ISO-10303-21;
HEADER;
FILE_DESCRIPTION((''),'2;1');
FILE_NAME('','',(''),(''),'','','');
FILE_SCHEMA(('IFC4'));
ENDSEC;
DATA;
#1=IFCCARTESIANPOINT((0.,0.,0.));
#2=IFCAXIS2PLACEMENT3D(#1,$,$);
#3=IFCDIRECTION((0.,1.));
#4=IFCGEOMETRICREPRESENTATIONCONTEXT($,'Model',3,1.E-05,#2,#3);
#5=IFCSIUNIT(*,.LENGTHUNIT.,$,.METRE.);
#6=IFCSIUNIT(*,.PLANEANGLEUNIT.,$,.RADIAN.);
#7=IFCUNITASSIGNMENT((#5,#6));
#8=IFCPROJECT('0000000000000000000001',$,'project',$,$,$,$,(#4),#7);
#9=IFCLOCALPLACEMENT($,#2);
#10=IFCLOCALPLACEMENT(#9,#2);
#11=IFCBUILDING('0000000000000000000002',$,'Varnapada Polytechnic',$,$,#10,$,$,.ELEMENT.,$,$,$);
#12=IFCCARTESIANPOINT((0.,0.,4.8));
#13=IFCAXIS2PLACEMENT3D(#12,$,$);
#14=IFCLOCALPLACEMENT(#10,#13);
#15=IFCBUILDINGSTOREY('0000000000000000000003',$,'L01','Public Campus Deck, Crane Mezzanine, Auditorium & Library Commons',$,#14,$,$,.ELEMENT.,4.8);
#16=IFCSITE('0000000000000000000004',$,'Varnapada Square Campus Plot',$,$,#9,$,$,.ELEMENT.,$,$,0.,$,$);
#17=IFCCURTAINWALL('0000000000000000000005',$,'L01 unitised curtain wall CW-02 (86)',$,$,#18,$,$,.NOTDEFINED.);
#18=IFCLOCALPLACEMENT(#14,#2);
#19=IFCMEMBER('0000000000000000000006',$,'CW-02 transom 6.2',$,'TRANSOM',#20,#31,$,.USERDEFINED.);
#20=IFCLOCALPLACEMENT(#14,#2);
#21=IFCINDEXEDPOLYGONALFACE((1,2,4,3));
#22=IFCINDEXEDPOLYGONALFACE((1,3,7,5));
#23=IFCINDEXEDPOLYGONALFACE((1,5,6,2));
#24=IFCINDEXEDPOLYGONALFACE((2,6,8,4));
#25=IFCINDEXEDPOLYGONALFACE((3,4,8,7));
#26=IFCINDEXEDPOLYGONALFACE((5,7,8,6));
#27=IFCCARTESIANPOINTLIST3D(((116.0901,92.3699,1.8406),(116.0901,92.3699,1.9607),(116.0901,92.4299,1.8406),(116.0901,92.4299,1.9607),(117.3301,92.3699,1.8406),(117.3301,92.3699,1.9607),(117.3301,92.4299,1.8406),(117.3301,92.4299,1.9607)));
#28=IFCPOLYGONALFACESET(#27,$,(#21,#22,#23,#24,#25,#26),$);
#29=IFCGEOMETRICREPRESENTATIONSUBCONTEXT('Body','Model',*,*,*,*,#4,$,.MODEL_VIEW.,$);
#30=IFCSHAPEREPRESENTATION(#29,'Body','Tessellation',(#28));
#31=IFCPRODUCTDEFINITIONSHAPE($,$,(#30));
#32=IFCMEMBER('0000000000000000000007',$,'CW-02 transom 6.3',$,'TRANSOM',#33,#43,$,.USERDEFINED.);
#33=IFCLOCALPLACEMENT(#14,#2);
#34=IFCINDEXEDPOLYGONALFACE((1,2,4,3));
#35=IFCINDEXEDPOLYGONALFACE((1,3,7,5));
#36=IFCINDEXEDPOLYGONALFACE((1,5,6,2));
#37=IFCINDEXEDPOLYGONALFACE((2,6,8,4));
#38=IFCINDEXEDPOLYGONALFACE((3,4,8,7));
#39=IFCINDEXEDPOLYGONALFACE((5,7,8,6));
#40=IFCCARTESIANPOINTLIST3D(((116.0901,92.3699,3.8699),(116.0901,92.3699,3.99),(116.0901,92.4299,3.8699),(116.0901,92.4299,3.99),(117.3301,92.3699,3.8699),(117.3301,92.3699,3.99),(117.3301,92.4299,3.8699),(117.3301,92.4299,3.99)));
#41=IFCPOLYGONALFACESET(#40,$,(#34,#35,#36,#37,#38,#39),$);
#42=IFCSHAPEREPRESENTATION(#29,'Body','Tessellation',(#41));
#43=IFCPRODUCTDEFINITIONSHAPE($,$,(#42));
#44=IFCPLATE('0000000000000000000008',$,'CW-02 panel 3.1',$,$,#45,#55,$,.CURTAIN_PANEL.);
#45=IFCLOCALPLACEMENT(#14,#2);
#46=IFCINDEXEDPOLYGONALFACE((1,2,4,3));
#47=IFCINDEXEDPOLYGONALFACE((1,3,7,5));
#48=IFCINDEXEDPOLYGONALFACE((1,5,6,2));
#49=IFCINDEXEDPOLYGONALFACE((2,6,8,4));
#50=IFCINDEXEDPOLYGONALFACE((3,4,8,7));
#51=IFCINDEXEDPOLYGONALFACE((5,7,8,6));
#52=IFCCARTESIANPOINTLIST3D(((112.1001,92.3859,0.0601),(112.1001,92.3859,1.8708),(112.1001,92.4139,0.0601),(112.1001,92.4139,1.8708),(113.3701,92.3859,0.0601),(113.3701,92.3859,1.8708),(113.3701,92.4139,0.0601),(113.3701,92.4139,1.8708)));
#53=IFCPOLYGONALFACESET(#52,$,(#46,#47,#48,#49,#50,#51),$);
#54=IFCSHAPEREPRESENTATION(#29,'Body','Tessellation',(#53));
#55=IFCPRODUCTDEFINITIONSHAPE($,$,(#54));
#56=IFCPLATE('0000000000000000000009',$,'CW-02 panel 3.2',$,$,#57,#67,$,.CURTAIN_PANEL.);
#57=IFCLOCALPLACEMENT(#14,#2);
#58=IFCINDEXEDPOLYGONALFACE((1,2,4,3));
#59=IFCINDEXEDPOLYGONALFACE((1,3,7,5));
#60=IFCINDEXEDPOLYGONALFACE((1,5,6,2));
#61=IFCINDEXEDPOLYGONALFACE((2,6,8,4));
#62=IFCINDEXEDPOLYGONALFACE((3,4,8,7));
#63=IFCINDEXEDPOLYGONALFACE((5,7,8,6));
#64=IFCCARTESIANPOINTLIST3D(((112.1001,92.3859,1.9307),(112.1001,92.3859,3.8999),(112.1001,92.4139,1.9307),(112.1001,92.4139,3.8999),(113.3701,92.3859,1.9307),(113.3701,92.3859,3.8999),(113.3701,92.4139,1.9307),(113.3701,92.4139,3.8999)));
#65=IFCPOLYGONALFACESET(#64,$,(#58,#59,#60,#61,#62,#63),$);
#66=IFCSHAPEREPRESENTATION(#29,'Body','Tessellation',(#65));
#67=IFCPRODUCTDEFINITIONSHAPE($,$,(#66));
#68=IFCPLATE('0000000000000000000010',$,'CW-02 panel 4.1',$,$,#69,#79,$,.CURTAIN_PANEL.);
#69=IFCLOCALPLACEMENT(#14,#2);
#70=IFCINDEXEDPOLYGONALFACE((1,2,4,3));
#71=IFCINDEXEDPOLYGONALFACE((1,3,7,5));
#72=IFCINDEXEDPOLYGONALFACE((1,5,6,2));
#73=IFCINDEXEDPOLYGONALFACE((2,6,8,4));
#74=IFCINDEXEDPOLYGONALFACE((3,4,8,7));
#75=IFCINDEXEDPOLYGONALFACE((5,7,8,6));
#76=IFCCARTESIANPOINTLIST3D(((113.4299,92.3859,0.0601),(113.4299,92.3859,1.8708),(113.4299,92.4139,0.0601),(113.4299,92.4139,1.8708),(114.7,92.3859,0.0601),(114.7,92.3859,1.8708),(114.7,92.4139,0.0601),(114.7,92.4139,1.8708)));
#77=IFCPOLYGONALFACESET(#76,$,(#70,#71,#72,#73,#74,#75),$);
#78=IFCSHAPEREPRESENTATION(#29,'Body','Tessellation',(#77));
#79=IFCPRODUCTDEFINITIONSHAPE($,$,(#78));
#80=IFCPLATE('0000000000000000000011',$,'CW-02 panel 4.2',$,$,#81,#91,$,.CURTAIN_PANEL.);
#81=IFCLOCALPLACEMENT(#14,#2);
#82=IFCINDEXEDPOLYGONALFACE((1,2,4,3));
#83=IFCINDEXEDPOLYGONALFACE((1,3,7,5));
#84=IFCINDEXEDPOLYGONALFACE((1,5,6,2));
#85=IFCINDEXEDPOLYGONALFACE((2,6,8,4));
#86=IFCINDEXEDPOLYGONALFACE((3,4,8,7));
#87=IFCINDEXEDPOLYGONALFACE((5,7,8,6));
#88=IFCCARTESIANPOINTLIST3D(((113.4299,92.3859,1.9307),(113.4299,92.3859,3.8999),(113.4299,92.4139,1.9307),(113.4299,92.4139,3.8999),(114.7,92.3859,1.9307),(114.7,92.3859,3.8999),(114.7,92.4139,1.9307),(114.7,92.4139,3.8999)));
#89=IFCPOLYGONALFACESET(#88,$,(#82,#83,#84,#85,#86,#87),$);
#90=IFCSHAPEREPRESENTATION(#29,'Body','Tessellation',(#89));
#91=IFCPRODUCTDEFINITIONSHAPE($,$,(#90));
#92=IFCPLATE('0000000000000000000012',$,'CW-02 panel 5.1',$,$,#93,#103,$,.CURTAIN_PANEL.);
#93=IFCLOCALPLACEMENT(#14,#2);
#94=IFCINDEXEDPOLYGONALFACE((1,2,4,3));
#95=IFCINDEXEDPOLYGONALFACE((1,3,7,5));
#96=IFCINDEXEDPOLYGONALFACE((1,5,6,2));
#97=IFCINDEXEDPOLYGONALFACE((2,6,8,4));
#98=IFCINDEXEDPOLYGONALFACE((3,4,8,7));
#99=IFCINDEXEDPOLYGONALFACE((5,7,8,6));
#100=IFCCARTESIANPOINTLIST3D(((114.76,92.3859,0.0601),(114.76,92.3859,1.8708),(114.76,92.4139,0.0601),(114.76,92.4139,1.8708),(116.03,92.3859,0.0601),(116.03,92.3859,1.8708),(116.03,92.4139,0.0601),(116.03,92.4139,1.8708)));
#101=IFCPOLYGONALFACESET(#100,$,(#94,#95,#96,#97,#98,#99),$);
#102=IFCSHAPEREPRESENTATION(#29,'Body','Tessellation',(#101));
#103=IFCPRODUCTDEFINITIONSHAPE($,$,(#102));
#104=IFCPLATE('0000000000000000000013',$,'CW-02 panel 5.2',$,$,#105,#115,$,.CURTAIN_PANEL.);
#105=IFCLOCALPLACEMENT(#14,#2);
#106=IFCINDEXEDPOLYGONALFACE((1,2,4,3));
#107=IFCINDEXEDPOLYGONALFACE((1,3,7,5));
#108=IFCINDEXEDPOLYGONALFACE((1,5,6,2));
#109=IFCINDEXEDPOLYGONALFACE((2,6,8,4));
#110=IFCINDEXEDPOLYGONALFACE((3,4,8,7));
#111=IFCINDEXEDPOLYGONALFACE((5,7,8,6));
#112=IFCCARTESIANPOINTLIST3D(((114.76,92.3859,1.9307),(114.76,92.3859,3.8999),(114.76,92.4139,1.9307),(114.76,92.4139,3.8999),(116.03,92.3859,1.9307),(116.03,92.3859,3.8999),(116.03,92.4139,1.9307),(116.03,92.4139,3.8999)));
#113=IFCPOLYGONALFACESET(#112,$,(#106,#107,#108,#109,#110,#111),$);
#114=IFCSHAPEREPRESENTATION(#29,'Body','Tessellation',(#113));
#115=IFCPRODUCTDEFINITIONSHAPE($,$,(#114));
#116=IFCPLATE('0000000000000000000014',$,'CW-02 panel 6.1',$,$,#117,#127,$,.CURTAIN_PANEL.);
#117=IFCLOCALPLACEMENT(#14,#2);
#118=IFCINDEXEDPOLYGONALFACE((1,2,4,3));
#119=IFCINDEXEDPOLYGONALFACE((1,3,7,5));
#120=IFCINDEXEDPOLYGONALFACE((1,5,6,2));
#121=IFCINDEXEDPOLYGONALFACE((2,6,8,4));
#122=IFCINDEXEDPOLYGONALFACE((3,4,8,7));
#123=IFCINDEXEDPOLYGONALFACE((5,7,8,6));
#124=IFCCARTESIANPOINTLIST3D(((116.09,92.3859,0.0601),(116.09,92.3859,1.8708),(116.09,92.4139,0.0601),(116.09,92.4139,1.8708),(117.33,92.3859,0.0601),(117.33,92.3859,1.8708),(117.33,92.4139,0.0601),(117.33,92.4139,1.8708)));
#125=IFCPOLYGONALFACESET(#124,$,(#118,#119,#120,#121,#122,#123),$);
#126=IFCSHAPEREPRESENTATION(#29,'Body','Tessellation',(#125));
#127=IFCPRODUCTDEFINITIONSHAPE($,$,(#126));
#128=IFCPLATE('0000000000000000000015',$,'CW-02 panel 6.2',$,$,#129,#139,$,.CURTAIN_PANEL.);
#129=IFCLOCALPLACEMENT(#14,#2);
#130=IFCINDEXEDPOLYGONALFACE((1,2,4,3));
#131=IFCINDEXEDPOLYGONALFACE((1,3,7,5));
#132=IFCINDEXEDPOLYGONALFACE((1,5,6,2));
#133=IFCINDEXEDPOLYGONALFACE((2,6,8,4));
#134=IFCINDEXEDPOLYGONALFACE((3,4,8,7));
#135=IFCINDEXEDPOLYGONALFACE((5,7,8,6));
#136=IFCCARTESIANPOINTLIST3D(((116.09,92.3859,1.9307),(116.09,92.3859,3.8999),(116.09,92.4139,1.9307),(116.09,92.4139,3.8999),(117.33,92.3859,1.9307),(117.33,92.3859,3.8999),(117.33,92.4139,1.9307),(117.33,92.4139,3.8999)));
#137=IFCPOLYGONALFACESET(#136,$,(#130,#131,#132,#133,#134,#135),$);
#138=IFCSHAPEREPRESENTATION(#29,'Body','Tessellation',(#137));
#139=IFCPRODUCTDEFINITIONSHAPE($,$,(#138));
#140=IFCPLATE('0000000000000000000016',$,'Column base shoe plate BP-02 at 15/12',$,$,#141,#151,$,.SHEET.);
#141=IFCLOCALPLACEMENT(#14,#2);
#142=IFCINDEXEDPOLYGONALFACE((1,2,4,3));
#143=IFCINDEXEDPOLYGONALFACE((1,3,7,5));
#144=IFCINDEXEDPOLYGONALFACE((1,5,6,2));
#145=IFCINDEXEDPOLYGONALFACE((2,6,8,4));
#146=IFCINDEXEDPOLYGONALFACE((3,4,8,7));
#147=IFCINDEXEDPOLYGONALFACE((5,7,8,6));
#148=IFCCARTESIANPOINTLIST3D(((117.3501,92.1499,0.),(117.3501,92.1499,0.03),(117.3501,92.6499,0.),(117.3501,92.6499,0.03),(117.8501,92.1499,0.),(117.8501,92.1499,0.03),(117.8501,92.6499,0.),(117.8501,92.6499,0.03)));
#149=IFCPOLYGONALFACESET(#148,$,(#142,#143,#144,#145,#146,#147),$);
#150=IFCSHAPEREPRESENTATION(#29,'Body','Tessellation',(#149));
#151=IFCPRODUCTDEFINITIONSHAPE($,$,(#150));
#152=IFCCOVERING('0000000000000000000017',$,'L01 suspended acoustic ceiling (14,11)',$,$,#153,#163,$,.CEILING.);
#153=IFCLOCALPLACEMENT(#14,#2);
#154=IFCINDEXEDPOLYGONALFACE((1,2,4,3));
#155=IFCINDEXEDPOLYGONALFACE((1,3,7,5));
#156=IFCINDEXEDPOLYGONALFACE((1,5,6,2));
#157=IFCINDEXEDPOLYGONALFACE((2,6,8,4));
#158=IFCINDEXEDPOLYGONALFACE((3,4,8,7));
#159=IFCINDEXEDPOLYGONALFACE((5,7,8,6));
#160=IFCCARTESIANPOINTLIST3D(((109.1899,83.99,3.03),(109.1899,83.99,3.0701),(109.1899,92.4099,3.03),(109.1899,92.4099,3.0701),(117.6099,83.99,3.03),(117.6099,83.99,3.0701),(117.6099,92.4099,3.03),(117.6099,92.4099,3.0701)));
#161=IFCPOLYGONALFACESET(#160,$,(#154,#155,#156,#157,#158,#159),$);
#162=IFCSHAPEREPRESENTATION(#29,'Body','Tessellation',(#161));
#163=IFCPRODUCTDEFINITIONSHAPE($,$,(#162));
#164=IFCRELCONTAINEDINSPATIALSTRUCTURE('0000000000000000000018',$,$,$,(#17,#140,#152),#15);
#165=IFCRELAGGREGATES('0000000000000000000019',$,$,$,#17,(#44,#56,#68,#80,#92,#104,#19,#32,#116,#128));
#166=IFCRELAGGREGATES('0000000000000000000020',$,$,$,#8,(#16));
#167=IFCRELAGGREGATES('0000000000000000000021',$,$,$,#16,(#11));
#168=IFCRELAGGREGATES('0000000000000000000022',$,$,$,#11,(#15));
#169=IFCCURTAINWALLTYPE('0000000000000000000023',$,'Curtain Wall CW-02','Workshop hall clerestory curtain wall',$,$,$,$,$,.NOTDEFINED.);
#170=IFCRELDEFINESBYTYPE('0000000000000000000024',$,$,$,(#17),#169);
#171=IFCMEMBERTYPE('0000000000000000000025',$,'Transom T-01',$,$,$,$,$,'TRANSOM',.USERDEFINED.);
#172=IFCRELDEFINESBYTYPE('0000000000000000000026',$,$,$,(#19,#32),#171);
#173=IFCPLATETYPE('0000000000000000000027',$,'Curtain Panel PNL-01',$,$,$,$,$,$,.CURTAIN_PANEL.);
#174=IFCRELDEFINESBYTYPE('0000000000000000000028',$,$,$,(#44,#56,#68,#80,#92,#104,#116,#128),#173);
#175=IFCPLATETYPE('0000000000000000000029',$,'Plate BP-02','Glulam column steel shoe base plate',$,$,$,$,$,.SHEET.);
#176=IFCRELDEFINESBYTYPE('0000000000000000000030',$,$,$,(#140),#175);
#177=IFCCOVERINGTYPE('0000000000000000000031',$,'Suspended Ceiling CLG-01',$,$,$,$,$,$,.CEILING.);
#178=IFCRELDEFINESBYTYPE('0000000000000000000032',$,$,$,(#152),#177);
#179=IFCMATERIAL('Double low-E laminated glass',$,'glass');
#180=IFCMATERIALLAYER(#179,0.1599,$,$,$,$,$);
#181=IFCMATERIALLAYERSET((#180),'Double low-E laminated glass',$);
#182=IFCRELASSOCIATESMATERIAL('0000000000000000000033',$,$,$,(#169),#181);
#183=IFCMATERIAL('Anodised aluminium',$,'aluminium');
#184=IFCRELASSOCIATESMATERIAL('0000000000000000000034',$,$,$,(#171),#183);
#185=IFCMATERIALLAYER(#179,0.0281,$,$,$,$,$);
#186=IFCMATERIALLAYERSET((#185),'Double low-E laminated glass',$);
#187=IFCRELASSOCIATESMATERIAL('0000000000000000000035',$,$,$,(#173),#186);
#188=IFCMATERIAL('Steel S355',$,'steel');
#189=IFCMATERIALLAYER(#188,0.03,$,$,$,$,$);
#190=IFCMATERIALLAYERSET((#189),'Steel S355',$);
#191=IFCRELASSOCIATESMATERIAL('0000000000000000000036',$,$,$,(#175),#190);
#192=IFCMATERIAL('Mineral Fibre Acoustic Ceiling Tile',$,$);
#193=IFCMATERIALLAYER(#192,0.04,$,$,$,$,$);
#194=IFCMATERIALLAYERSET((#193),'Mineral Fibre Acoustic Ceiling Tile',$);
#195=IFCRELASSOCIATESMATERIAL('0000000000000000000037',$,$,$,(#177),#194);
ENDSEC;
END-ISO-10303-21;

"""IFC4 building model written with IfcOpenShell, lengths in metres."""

from ifc_helpers import new_model, si_unit, direction, frame, origin, origin_2d, place, context, subcontext, project, spatial, rectangle, extrude, material, layer, layer_set, material_profile, profile_set, type_object, element, aggregate, save


model = new_model("IFC4")

# Units and contexts
model_context = context("Model", 3, precision=1e-05, world=origin(), true_north=direction((0.0, 1.0)))
body_context = subcontext(model_context, "Body", "Model", "MODEL_VIEW")
ifc_project = project(units=[si_unit("LENGTHUNIT", "METRE"), si_unit("PLANEANGLEUNIT", "RADIAN")], contexts=[model_context])

# Site, building, storey
site_placement = place(None, origin())
site = spatial("IfcSite", under=ifc_project, at=site_placement, Name="Varnapada Square Campus Plot", CompositionType="ELEMENT", RefElevation=0.0)
building_placement = place(site_placement, origin())
building = spatial("IfcBuilding", under=site, at=building_placement, Name="Varnapada Polytechnic", CompositionType="ELEMENT")
storey_placement = place(building_placement, frame((0.0, 0.0, 4.8)))
storey = spatial("IfcBuildingStorey", under=building, at=storey_placement, Name="L01", Description="Public Campus Deck, Crane Mezzanine, Auditorium & Library Commons", CompositionType="ELEMENT", Elevation=4.8)

# Curtain wall, members, plates
ifc_material_1 = material(Name="Double low-E laminated glass", Category="glass")
ifc_layer_1 = layer(ifc_material_1, 0.1599)
ifc_layer_set_1 = layer_set([ifc_layer_1], Name="Double low-E laminated glass")
curtain_wall_type = type_object("IfcCurtainWallType", Name="Curtain Wall CW-02", Description="Workshop hall clerestory curtain wall", PredefinedType="NOTDEFINED", material=ifc_layer_set_1)
curtain_wall_placement = place(storey_placement, origin())
curtain_wall = element("IfcCurtainWall", 1, at=curtain_wall_placement, inside=storey, type_object=curtain_wall_type, Name="L01 unitised curtain wall CW-02 (86)", PredefinedType="NOTDEFINED")
ifc_material_2 = material(Name="Anodised aluminium", Category="aluminium")
ifc_material_profile_1 = material_profile(ifc_material_2, rectangle(XDim=0.0601, YDim=0.1201, at=origin_2d()), Name="ALU T60x120")
ifc_profile_set_1 = profile_set([ifc_material_profile_1], Name="Anodised aluminium")
member_type_1 = type_object("IfcMemberType", Name="Transom T-01", ElementType="TRANSOM", PredefinedType="USERDEFINED", material=ifc_profile_set_1)
member_1_placement = place(storey_placement, frame((116.0901, 92.3999, 1.9006), z_axis=(1.0, 0.0, 0.0), x_axis=(0.0, 1.0, 0.0)))
member_1 = element("IfcMember", 2, at=member_1_placement, type_object=member_type_1, Name="CW-02 transom 6.2", ObjectType="TRANSOM", PredefinedType="USERDEFINED", context=body_context, shape_type="SweptSolid", body=[
    extrude(rectangle(XDim=0.0601, YDim=0.1201, at=origin_2d()), origin(), (0.0, 0.0, 1.0), 1.24),
])
member_2_placement = place(storey_placement, frame((116.0901, 92.3999, 3.9299), z_axis=(1.0, 0.0, 0.0), x_axis=(0.0, 1.0, 0.0)))
member_2 = element("IfcMember", 3, at=member_2_placement, type_object=member_type_1, Name="CW-02 transom 6.3", ObjectType="TRANSOM", PredefinedType="USERDEFINED", context=body_context, shape_type="SweptSolid", body=[
    extrude(rectangle(XDim=0.0601, YDim=0.1201, at=origin_2d()), origin(), (0.0, 0.0, 1.0), 1.24),
])
ifc_layer_2 = layer(ifc_material_1, 0.0281)
ifc_layer_set_2 = layer_set([ifc_layer_2], Name="Double low-E laminated glass")
plate_type_1 = type_object("IfcPlateType", Name="Curtain Panel PNL-01", PredefinedType="CURTAIN_PANEL", material=ifc_layer_set_2)
plate_1_placement = place(storey_placement, frame((112.7351, 92.3999, 0.0601), z_axis=(0.0, 0.0, 1.0), x_axis=(1.0, 0.0, 0.0)))
plate_1 = element("IfcPlate", 4, at=plate_1_placement, type_object=plate_type_1, Name="CW-02 panel 3.1", PredefinedType="CURTAIN_PANEL", context=body_context, shape_type="SweptSolid", body=[
    extrude(rectangle(XDim=1.27, YDim=0.0281, at=origin_2d()), origin(), (0.0, 0.0, 1.0), 1.8108),
])
plate_2_placement = place(storey_placement, frame((112.7351, 92.3999, 1.9307), z_axis=(0.0, 0.0, 1.0), x_axis=(1.0, 0.0, 0.0)))
plate_2 = element("IfcPlate", 5, at=plate_2_placement, type_object=plate_type_1, Name="CW-02 panel 3.2", PredefinedType="CURTAIN_PANEL", context=body_context, shape_type="SweptSolid", body=[
    extrude(rectangle(XDim=1.27, YDim=0.0281, at=origin_2d()), origin(), (0.0, 0.0, 1.0), 1.9692),
])
plate_3_placement = place(storey_placement, frame((114.0649, 92.3999, 0.0601), z_axis=(0.0, 0.0, 1.0), x_axis=(1.0, 0.0, 0.0)))
plate_3 = element("IfcPlate", 6, at=plate_3_placement, type_object=plate_type_1, Name="CW-02 panel 4.1", PredefinedType="CURTAIN_PANEL", context=body_context, shape_type="SweptSolid", body=[
    extrude(rectangle(XDim=1.27, YDim=0.0281, at=origin_2d()), origin(), (0.0, 0.0, 1.0), 1.8108),
])
plate_4_placement = place(storey_placement, frame((114.0649, 92.3999, 1.9307), z_axis=(0.0, 0.0, 1.0), x_axis=(1.0, 0.0, 0.0)))
plate_4 = element("IfcPlate", 7, at=plate_4_placement, type_object=plate_type_1, Name="CW-02 panel 4.2", PredefinedType="CURTAIN_PANEL", context=body_context, shape_type="SweptSolid", body=[
    extrude(rectangle(XDim=1.27, YDim=0.0281, at=origin_2d()), origin(), (0.0, 0.0, 1.0), 1.9692),
])
plate_5_placement = place(storey_placement, frame((115.395, 92.3999, 0.0601), z_axis=(0.0, 0.0, 1.0), x_axis=(1.0, 0.0, 0.0)))
plate_5 = element("IfcPlate", 8, at=plate_5_placement, type_object=plate_type_1, Name="CW-02 panel 5.1", PredefinedType="CURTAIN_PANEL", context=body_context, shape_type="SweptSolid", body=[
    extrude(rectangle(XDim=1.27, YDim=0.0281, at=origin_2d()), origin(), (0.0, 0.0, 1.0), 1.8108),
])
plate_6_placement = place(storey_placement, frame((115.395, 92.3999, 1.9307), z_axis=(0.0, 0.0, 1.0), x_axis=(1.0, 0.0, 0.0)))
plate_6 = element("IfcPlate", 9, at=plate_6_placement, type_object=plate_type_1, Name="CW-02 panel 5.2", PredefinedType="CURTAIN_PANEL", context=body_context, shape_type="SweptSolid", body=[
    extrude(rectangle(XDim=1.27, YDim=0.0281, at=origin_2d()), origin(), (0.0, 0.0, 1.0), 1.9692),
])
plate_7_placement = place(storey_placement, frame((116.71, 92.3999, 0.0601), z_axis=(0.0, 0.0, 1.0), x_axis=(1.0, 0.0, 0.0)))
plate_7 = element("IfcPlate", 10, at=plate_7_placement, type_object=plate_type_1, Name="CW-02 panel 6.1", PredefinedType="CURTAIN_PANEL", context=body_context, shape_type="SweptSolid", body=[
    extrude(rectangle(XDim=1.24, YDim=0.0281, at=origin_2d()), origin(), (0.0, 0.0, 1.0), 1.8108),
])
plate_8_placement = place(storey_placement, frame((116.71, 92.3999, 1.9307), z_axis=(0.0, 0.0, 1.0), x_axis=(1.0, 0.0, 0.0)))
plate_8 = element("IfcPlate", 11, at=plate_8_placement, type_object=plate_type_1, Name="CW-02 panel 6.2", PredefinedType="CURTAIN_PANEL", context=body_context, shape_type="SweptSolid", body=[
    extrude(rectangle(XDim=1.24, YDim=0.0281, at=origin_2d()), origin(), (0.0, 0.0, 1.0), 1.9692),
])
aggregate(curtain_wall, [plate_1, plate_2, plate_3, plate_4, plate_5, plate_6, member_1, member_2, plate_7, plate_8])

# Plate
ifc_material_3 = material(Name="Steel S355", Category="steel")
ifc_layer_3 = layer(ifc_material_3, 0.03)
ifc_layer_set_3 = layer_set([ifc_layer_3], Name="Steel S355")
plate_type_2 = type_object("IfcPlateType", Name="Plate BP-02", Description="Glulam column steel shoe base plate", PredefinedType="SHEET", material=ifc_layer_set_3)
plate_9_placement = place(storey_placement, frame((117.6001, 92.3999, 0.0), z_axis=(0.0, 0.0, 1.0), x_axis=(1.0, 0.0, 0.0)))
element("IfcPlate", 12, at=plate_9_placement, inside=storey, type_object=plate_type_2, Name="Column base shoe plate BP-02 at 15/12", PredefinedType="SHEET", context=body_context, shape_type="SweptSolid", body=[
    extrude(rectangle(XDim=0.5, YDim=0.5, at=origin_2d()), origin(), (0.0, 0.0, 1.0), 0.03),
])

# Covering
ifc_material_4 = material(Name="Mineral Fibre Acoustic Ceiling Tile")
ifc_layer_4 = layer(ifc_material_4, 0.04)
ifc_layer_set_4 = layer_set([ifc_layer_4], Name="Mineral Fibre Acoustic Ceiling Tile")
covering_type = type_object("IfcCoveringType", Name="Suspended Ceiling CLG-01", PredefinedType="CEILING", material=ifc_layer_set_4)
covering_placement = place(storey_placement, frame((113.3999, 88.2, 3.03), z_axis=(0.0, 0.0, 1.0), x_axis=(1.0, 0.0, 0.0)))
element("IfcCovering", 13, at=covering_placement, inside=storey, type_object=covering_type, Name="L01 suspended acoustic ceiling (14,11)", PredefinedType="CEILING", context=body_context, shape_type="SweptSolid", body=[
    extrude(rectangle(XDim=8.4199, YDim=8.4199, at=origin_2d()), origin(), (0.0, 0.0, 1.0), 0.04),
])

save(model, "model.ifc")
